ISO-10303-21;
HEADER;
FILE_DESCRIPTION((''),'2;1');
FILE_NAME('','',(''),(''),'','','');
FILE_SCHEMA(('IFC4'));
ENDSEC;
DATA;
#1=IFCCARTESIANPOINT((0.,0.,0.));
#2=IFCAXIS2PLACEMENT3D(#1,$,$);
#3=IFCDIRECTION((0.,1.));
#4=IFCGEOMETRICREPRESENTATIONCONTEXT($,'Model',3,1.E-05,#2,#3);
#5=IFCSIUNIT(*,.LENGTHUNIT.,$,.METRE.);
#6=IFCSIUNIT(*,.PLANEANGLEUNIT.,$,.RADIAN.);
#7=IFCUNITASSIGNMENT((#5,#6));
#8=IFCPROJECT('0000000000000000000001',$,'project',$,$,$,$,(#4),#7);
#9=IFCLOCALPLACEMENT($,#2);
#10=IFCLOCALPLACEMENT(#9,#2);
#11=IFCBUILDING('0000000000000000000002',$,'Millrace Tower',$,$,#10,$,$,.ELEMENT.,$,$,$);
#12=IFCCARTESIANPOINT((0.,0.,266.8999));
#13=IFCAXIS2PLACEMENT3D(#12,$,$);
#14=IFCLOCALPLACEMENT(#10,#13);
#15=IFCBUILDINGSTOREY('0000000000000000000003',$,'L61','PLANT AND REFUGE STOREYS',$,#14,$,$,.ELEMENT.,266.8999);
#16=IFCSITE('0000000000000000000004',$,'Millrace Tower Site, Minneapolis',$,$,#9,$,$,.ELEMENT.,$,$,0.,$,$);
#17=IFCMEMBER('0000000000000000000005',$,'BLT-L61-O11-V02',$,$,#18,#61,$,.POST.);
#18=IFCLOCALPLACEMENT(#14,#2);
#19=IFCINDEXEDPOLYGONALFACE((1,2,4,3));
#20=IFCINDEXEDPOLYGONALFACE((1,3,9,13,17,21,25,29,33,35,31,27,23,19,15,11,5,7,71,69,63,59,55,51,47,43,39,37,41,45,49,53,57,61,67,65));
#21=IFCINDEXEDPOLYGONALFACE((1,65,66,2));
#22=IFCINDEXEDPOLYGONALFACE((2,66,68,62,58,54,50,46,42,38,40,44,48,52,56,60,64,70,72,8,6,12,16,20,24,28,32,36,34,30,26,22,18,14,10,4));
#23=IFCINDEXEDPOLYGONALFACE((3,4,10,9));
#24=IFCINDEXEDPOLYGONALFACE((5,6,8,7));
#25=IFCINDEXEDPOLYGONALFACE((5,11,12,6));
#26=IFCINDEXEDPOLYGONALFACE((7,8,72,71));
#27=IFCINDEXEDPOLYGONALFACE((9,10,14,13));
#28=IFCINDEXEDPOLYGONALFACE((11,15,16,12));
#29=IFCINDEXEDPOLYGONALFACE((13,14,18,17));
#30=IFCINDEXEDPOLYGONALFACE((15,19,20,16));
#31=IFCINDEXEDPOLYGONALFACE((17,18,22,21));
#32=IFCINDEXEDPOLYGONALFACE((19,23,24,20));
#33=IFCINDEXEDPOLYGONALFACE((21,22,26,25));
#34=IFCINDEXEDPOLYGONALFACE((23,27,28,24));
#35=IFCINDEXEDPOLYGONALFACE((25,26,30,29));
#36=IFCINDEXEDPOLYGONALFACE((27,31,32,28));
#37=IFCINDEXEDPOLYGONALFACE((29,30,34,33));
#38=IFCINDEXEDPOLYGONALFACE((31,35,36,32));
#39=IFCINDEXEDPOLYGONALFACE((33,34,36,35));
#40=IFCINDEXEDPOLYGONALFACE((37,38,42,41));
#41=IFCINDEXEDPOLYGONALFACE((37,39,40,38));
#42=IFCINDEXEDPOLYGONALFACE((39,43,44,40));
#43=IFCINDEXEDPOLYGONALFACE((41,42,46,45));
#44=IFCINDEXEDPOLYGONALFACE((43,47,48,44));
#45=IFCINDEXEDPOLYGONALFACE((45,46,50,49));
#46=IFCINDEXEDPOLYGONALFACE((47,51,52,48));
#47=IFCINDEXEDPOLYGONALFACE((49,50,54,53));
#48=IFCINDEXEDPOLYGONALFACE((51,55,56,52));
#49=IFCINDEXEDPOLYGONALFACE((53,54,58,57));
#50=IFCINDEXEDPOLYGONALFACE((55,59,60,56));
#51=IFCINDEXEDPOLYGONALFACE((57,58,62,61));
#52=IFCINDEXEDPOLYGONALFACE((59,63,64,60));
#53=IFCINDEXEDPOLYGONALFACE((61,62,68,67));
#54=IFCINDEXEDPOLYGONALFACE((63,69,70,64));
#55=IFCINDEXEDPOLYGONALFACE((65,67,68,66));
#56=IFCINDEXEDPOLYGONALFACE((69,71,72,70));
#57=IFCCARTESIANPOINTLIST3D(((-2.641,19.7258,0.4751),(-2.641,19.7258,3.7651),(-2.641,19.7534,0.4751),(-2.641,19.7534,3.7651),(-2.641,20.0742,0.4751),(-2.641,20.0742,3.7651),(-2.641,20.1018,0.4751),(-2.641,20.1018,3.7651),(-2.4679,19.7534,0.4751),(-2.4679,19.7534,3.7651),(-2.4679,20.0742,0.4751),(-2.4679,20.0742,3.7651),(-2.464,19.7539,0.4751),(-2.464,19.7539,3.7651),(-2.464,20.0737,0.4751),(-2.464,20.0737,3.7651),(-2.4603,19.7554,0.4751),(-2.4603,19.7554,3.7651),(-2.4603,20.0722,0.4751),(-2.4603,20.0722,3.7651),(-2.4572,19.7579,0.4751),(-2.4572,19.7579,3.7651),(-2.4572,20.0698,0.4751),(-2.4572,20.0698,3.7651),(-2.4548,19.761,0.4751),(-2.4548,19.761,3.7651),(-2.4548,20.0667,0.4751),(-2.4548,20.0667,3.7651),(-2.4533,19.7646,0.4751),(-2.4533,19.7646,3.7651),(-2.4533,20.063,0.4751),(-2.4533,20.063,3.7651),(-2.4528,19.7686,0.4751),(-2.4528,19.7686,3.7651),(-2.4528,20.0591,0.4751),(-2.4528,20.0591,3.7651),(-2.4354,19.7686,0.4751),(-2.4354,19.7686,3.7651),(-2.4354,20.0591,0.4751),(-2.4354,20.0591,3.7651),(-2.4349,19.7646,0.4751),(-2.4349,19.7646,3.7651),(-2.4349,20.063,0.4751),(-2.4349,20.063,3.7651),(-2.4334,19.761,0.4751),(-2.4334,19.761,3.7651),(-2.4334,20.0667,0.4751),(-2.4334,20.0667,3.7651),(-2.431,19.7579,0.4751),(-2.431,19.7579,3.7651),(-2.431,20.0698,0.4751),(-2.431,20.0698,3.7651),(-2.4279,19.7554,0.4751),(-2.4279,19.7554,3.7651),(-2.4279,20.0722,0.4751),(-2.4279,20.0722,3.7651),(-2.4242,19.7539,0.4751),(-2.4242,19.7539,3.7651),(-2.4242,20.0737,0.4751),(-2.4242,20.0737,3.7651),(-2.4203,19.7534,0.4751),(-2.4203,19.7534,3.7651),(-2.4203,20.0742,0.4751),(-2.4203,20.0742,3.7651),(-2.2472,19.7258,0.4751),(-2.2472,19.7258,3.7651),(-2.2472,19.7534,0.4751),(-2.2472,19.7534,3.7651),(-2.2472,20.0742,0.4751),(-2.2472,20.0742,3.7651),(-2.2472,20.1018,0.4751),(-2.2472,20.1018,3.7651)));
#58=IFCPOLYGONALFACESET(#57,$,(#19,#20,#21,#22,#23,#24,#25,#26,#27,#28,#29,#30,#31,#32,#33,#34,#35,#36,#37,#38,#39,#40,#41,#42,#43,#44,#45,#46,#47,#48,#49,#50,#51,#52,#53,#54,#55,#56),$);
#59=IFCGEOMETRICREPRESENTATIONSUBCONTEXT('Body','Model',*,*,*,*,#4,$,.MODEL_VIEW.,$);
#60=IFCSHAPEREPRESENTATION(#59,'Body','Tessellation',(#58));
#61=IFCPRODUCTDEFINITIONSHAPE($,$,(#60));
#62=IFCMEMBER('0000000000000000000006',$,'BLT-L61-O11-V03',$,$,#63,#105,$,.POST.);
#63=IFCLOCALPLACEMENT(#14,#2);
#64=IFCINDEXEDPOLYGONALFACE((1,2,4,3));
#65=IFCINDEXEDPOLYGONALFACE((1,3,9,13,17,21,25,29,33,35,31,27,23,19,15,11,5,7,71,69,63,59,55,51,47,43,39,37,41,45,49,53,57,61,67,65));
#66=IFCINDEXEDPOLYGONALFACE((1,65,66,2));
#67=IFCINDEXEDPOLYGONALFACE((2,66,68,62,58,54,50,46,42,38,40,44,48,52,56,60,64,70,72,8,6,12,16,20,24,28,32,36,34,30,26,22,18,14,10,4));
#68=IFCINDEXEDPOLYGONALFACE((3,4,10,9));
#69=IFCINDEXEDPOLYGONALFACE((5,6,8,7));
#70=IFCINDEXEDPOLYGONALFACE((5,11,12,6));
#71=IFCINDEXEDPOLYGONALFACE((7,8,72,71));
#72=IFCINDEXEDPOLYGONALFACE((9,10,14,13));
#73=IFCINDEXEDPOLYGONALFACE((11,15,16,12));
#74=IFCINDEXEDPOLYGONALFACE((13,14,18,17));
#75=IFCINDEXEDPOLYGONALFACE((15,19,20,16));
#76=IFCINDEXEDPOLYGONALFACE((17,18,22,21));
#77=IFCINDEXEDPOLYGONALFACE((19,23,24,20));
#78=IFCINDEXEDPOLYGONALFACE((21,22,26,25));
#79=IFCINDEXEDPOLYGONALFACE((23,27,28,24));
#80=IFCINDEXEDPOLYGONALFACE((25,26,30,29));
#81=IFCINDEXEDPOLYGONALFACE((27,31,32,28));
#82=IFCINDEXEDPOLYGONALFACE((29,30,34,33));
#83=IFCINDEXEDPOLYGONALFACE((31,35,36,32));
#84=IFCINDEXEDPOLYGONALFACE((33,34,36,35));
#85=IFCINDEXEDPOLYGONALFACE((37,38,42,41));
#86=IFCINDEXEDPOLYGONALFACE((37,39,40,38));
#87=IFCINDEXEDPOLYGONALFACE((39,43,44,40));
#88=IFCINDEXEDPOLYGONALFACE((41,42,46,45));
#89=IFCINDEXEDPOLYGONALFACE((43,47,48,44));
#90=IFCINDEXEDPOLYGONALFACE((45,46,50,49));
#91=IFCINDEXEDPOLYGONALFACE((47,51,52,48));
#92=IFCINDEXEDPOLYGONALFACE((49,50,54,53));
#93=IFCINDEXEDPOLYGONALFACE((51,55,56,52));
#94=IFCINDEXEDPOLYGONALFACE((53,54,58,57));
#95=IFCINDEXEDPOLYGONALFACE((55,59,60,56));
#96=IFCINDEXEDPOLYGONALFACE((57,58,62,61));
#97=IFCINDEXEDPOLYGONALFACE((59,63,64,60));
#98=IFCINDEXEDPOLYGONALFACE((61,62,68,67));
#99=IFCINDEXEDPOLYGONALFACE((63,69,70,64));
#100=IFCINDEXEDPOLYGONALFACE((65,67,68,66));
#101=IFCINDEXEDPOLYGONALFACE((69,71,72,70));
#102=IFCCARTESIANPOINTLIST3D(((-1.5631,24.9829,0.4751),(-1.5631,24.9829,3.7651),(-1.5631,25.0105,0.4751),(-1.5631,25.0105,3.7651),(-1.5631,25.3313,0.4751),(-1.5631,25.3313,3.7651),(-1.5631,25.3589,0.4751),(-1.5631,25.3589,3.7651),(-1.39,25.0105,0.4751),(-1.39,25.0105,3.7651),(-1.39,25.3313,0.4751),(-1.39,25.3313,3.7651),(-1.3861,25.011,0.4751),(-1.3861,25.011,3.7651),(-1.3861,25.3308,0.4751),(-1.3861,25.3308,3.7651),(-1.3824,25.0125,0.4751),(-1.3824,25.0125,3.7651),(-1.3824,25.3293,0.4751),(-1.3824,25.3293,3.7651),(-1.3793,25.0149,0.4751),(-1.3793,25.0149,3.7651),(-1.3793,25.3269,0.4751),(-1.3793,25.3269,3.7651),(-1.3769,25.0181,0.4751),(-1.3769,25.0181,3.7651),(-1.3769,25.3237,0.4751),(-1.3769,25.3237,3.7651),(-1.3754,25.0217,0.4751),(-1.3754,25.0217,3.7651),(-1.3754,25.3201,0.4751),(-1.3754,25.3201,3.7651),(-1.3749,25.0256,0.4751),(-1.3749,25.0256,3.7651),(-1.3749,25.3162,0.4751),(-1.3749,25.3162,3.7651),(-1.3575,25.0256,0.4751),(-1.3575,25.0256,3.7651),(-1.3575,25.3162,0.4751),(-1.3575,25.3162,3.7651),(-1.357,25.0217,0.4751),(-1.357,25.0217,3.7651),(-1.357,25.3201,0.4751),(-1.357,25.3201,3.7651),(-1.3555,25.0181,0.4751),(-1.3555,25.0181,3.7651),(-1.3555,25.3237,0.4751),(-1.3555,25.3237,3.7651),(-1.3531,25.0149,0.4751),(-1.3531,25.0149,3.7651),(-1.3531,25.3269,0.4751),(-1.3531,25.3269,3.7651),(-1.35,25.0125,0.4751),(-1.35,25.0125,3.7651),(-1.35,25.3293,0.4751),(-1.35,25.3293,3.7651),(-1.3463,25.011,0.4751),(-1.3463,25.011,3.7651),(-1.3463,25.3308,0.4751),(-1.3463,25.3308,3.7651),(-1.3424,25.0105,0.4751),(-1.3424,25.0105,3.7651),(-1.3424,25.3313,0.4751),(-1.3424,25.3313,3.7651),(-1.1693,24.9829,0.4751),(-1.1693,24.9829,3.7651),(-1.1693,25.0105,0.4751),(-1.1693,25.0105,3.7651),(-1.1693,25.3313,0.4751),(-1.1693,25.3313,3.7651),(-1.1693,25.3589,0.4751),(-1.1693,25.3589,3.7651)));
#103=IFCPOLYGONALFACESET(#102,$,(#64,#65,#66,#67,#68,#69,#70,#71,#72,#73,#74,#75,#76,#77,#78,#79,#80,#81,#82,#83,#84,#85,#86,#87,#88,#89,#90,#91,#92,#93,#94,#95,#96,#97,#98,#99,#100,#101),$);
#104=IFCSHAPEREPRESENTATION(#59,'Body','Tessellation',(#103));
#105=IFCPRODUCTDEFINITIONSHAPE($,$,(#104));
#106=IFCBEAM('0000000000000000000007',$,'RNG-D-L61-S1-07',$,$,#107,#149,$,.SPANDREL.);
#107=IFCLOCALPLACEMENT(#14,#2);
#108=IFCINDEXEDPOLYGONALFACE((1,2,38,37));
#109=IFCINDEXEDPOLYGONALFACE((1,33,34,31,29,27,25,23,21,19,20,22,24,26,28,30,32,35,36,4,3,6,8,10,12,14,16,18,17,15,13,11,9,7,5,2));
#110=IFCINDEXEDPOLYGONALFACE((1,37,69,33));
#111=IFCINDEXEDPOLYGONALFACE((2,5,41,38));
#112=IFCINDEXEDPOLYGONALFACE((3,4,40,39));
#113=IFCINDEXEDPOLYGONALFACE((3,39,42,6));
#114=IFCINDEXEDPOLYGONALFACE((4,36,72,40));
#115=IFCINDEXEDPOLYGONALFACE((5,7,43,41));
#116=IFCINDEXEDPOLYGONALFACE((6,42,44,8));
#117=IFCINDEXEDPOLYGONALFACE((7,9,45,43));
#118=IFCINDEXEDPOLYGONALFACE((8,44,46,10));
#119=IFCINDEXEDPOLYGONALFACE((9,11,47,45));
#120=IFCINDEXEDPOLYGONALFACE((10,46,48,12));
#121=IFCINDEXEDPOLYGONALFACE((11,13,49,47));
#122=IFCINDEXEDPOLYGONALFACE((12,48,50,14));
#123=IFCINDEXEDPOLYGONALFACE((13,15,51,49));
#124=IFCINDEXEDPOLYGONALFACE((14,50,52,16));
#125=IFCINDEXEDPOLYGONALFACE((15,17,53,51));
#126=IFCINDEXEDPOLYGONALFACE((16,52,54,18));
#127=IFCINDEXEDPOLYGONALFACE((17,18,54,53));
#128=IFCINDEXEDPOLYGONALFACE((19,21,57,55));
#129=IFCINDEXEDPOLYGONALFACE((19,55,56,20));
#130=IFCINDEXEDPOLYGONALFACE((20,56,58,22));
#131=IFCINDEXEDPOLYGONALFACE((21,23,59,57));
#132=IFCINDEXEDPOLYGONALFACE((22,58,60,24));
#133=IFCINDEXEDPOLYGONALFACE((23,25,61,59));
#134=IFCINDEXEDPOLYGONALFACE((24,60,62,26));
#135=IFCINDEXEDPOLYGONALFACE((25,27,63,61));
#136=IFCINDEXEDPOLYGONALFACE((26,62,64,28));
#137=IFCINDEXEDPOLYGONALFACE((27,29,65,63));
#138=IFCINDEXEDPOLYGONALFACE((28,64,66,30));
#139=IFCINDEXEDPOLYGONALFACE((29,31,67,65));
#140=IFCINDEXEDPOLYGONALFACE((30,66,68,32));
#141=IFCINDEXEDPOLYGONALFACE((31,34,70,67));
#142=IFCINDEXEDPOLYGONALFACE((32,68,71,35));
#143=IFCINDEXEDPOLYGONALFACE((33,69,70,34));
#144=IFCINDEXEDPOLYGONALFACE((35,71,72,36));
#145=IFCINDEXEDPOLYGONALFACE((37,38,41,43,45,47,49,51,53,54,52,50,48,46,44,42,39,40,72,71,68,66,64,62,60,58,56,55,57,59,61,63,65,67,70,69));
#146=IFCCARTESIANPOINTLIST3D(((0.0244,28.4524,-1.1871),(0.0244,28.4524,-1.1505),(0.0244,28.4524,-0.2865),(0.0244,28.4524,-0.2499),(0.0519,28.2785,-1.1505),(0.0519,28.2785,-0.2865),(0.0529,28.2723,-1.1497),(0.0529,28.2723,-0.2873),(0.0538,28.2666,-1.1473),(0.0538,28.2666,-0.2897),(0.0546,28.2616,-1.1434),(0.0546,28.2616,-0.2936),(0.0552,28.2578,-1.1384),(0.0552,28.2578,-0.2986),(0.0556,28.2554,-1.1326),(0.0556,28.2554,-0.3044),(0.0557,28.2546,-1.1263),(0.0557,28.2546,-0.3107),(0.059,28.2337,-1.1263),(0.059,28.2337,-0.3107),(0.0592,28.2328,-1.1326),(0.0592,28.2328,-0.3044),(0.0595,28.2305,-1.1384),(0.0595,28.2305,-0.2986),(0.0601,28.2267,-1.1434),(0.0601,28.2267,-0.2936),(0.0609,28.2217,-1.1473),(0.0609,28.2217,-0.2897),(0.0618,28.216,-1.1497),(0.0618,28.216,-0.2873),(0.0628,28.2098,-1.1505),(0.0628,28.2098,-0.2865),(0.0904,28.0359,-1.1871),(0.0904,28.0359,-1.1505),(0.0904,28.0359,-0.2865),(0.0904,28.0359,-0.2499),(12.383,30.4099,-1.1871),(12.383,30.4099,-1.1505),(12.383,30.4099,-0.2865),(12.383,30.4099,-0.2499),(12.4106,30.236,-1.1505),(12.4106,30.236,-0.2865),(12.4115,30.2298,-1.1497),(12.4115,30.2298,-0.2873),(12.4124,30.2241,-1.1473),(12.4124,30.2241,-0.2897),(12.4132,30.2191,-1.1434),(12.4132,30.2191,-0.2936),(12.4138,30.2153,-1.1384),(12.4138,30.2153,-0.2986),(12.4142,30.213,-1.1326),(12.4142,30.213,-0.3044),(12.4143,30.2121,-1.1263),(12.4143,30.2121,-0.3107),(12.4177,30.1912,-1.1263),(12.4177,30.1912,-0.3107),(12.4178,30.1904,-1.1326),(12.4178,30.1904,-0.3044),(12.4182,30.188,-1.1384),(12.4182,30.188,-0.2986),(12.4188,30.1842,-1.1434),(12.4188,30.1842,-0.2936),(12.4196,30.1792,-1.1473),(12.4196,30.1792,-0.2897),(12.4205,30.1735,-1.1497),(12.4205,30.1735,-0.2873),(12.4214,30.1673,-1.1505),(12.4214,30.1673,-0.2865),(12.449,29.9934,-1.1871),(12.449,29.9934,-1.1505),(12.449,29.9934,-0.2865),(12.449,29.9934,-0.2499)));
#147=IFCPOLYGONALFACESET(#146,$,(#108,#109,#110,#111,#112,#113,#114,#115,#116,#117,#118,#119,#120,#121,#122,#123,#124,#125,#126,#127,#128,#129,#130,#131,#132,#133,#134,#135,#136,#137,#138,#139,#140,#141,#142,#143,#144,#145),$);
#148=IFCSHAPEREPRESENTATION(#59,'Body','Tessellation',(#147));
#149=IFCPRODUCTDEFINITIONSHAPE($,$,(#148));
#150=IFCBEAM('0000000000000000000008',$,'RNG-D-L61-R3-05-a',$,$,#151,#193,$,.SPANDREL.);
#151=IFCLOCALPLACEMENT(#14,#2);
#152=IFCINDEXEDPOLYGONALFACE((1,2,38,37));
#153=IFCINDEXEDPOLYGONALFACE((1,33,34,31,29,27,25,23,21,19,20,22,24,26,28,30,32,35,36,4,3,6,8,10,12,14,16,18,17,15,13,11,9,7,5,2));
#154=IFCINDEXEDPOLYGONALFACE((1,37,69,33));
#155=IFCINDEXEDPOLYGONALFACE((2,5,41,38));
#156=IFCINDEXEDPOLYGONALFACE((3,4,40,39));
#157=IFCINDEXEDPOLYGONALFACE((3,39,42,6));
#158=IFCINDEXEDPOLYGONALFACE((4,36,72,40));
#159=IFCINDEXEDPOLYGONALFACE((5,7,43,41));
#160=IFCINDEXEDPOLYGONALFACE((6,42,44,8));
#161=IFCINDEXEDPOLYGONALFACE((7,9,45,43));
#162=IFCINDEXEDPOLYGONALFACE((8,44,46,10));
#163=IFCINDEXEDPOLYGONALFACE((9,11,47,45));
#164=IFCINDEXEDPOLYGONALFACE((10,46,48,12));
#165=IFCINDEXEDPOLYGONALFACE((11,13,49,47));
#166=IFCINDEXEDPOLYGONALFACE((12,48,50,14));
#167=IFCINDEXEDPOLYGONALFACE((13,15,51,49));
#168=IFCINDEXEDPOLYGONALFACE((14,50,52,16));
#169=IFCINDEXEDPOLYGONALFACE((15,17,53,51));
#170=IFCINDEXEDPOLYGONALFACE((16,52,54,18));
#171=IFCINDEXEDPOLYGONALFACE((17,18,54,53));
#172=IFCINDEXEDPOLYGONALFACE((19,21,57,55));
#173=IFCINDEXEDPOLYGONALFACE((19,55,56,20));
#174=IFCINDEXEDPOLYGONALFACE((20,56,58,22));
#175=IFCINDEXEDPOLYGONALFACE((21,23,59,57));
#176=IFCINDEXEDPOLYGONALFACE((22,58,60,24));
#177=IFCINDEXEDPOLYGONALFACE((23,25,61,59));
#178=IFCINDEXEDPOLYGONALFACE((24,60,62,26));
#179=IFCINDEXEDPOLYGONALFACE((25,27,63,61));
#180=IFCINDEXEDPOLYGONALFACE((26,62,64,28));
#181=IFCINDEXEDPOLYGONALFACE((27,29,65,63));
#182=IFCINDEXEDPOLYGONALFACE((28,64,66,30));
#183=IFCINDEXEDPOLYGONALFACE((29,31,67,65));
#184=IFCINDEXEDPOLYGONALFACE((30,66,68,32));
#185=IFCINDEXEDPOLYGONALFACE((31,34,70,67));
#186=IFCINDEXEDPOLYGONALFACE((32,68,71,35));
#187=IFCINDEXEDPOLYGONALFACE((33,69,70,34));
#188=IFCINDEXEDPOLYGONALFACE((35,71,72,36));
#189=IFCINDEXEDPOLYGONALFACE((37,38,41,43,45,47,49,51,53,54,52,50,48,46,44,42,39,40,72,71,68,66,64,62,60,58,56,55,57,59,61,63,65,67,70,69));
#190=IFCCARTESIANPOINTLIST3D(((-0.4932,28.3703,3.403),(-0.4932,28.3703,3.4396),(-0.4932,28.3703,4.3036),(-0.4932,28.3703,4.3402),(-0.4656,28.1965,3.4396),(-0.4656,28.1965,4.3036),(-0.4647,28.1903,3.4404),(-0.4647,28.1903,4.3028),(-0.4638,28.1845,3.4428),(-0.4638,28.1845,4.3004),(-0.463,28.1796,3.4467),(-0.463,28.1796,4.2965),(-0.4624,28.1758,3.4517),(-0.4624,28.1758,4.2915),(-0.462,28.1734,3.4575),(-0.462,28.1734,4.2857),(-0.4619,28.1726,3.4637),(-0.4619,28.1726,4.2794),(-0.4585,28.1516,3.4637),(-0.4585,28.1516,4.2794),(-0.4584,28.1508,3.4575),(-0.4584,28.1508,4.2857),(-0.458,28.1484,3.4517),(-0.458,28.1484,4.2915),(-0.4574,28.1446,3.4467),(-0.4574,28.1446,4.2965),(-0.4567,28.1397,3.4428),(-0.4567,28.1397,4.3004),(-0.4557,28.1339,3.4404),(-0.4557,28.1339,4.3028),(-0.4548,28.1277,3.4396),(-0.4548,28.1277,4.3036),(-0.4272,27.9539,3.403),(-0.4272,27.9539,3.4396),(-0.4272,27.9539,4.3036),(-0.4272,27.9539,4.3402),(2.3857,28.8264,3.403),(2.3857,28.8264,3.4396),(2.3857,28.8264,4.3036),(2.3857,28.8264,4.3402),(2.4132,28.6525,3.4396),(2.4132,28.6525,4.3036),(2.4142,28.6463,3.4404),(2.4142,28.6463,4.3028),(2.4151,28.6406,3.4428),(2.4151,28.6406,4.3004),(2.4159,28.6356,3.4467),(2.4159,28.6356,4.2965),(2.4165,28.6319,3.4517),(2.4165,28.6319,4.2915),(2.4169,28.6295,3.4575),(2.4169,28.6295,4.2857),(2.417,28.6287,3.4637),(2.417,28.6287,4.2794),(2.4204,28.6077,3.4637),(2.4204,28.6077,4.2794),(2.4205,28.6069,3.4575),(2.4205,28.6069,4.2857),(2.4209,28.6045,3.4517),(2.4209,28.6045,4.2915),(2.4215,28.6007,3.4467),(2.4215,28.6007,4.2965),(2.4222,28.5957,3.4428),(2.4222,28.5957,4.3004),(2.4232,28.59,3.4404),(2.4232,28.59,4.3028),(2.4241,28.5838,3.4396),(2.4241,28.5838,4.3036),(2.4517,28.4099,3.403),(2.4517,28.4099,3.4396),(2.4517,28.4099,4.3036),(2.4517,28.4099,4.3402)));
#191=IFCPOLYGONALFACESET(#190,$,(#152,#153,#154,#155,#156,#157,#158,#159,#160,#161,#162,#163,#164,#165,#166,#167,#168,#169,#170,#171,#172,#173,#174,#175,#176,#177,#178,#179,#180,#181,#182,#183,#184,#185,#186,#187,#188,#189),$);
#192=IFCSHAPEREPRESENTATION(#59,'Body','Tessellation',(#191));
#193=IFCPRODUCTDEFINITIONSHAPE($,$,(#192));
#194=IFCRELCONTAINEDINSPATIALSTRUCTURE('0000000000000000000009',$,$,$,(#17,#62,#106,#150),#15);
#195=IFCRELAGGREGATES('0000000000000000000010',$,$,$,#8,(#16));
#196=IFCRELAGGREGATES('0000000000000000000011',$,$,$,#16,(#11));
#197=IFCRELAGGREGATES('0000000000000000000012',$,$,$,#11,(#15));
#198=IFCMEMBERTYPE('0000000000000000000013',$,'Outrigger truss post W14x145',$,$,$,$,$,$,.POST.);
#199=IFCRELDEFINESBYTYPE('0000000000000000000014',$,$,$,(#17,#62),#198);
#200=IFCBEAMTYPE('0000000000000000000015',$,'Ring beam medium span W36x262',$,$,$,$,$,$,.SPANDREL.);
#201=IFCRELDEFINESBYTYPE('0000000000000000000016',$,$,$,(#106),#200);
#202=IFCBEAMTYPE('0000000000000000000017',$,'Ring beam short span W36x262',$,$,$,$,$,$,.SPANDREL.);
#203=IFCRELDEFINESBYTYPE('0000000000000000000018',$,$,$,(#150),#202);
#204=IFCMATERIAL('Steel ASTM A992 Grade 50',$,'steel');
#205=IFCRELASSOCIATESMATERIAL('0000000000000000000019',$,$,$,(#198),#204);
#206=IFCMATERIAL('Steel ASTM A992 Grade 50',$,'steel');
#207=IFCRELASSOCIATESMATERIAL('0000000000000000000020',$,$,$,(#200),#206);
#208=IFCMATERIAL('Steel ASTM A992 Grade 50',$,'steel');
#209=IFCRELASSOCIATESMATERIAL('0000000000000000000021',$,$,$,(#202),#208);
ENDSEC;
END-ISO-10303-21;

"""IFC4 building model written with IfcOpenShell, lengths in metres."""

from ifc_helpers import new_model, si_unit, direction, frame, origin, origin_2d, place, context, subcontext, project, spatial, i_section, extrude, material, material_profile, profile_set, type_object, element, save


model = new_model("IFC4")

# Units and contexts
model_context = context("Model", 3, precision=1e-05, world=origin(), true_north=direction((0.0, 1.0)))
body_context = subcontext(model_context, "Body", "Model", "MODEL_VIEW")
ifc_project = project(units=[si_unit("LENGTHUNIT", "METRE"), si_unit("PLANEANGLEUNIT", "RADIAN")], contexts=[model_context])

# Site, building, storey
site_placement = place(None, origin())
site = spatial("IfcSite", under=ifc_project, at=site_placement, Name="Millrace Tower Site, Minneapolis", CompositionType="ELEMENT", RefElevation=0.0)
building_placement = place(site_placement, origin())
building = spatial("IfcBuilding", under=site, at=building_placement, Name="Millrace Tower", CompositionType="ELEMENT")
storey_placement = place(building_placement, frame((0.0, 0.0, 266.8999)))
storey = spatial("IfcBuildingStorey", under=building, at=storey_placement, Name="L61", Description="PLANT AND REFUGE STOREYS", CompositionType="ELEMENT", Elevation=266.8999)

# Members
ifc_material_1 = material(Name="Steel ASTM A992 Grade 50", Category="steel")
ifc_material_profile_1 = material_profile(ifc_material_1, i_section(OverallWidth=0.3938, OverallDepth=0.376, WebThickness=0.0173, FlangeThickness=0.0276, FilletRadius=0.0151, at=origin_2d()))
ifc_profile_set_1 = profile_set([ifc_material_profile_1], Name="Steel ASTM A992 Grade 50")
member_type_1 = type_object("IfcMemberType", Name="Outrigger truss post W14x145", PredefinedType="POST", material=ifc_profile_set_1)
for number, where, z_axis, x_axis, name in (
    (1, (-2.4441, 19.9138, 0.4751), (0.0, 0.0, 1.0), (1.0, 0.0, 0.0), "BLT-L61-O11-V02"),
    (2, (-1.3662, 25.1709, 0.4751), (0.0, 0.0, 1.0), (1.0, 0.0, 0.0), "BLT-L61-O11-V03"),
):
    element("IfcMember", number, at=place(storey_placement, frame(where, z_axis=z_axis, x_axis=x_axis)), inside=storey, type_object=member_type_1, Name=name, PredefinedType="POST", context=body_context, shape_type="SweptSolid", body=[
        extrude(i_section(OverallWidth=0.3938, OverallDepth=0.376, WebThickness=0.0173, FlangeThickness=0.0276, FilletRadius=0.0151, at=origin_2d()), origin(), (0.0, 0.0, 1.0), 3.29),
    ])

# Beams
ifc_material_2 = material(Name="Steel ASTM A992 Grade 50", Category="steel")
ifc_material_profile_2 = material_profile(ifc_material_2, i_section(OverallWidth=0.4216, OverallDepth=0.9373, WebThickness=0.0212, FlangeThickness=0.0366, FilletRadius=0.0242, at=origin_2d()))
ifc_profile_set_2 = profile_set([ifc_material_profile_2], Name="Steel ASTM A992 Grade 50")
beam_type_1 = type_object("IfcBeamType", Name="Ring beam medium span W36x262", PredefinedType="SPANDREL", material=ifc_profile_set_2)
beam_1_placement = place(storey_placement, frame((0.0574, 28.2441, -0.7185), z_axis=(0.987687, 0.156442, 0.0), x_axis=(-0.156442, 0.987687, 0.0)))
element("IfcBeam", 3, at=beam_1_placement, inside=storey, type_object=beam_type_1, Name="RNG-D-L61-S1-07", PredefinedType="SPANDREL", context=body_context, shape_type="SweptSolid", body=[
    extrude(i_section(OverallWidth=0.4216, OverallDepth=0.9373, WebThickness=0.0212, FlangeThickness=0.0366, FilletRadius=0.0242, at=origin_2d()), origin(), (0.0, 0.0, 1.0), 12.5127),
])
ifc_material_3 = material(Name="Steel ASTM A992 Grade 50", Category="steel")
ifc_material_profile_3 = material_profile(ifc_material_3, i_section(OverallWidth=0.4216, OverallDepth=0.9373, WebThickness=0.0212, FlangeThickness=0.0366, FilletRadius=0.0242, at=origin_2d()))
ifc_profile_set_3 = profile_set([ifc_material_profile_3], Name="Steel ASTM A992 Grade 50")
beam_type_2 = type_object("IfcBeamType", Name="Ring beam short span W36x262", PredefinedType="SPANDREL", material=ifc_profile_set_3)
beam_2_placement = place(storey_placement, frame((-0.4602, 28.1621, 3.8716), z_axis=(0.987684, 0.156461, 0.0), x_axis=(-0.156461, 0.987684, 0.0)))
element("IfcBeam", 4, at=beam_2_placement, inside=storey, type_object=beam_type_2, Name="RNG-D-L61-R3-05-a", PredefinedType="SPANDREL", context=body_context, shape_type="SweptSolid", body=[
    extrude(i_section(OverallWidth=0.4216, OverallDepth=0.9373, WebThickness=0.0212, FlangeThickness=0.0366, FilletRadius=0.0242, at=origin_2d()), origin(), (0.0, 0.0, 1.0), 2.9148),
])

save(model, "model.ifc")
